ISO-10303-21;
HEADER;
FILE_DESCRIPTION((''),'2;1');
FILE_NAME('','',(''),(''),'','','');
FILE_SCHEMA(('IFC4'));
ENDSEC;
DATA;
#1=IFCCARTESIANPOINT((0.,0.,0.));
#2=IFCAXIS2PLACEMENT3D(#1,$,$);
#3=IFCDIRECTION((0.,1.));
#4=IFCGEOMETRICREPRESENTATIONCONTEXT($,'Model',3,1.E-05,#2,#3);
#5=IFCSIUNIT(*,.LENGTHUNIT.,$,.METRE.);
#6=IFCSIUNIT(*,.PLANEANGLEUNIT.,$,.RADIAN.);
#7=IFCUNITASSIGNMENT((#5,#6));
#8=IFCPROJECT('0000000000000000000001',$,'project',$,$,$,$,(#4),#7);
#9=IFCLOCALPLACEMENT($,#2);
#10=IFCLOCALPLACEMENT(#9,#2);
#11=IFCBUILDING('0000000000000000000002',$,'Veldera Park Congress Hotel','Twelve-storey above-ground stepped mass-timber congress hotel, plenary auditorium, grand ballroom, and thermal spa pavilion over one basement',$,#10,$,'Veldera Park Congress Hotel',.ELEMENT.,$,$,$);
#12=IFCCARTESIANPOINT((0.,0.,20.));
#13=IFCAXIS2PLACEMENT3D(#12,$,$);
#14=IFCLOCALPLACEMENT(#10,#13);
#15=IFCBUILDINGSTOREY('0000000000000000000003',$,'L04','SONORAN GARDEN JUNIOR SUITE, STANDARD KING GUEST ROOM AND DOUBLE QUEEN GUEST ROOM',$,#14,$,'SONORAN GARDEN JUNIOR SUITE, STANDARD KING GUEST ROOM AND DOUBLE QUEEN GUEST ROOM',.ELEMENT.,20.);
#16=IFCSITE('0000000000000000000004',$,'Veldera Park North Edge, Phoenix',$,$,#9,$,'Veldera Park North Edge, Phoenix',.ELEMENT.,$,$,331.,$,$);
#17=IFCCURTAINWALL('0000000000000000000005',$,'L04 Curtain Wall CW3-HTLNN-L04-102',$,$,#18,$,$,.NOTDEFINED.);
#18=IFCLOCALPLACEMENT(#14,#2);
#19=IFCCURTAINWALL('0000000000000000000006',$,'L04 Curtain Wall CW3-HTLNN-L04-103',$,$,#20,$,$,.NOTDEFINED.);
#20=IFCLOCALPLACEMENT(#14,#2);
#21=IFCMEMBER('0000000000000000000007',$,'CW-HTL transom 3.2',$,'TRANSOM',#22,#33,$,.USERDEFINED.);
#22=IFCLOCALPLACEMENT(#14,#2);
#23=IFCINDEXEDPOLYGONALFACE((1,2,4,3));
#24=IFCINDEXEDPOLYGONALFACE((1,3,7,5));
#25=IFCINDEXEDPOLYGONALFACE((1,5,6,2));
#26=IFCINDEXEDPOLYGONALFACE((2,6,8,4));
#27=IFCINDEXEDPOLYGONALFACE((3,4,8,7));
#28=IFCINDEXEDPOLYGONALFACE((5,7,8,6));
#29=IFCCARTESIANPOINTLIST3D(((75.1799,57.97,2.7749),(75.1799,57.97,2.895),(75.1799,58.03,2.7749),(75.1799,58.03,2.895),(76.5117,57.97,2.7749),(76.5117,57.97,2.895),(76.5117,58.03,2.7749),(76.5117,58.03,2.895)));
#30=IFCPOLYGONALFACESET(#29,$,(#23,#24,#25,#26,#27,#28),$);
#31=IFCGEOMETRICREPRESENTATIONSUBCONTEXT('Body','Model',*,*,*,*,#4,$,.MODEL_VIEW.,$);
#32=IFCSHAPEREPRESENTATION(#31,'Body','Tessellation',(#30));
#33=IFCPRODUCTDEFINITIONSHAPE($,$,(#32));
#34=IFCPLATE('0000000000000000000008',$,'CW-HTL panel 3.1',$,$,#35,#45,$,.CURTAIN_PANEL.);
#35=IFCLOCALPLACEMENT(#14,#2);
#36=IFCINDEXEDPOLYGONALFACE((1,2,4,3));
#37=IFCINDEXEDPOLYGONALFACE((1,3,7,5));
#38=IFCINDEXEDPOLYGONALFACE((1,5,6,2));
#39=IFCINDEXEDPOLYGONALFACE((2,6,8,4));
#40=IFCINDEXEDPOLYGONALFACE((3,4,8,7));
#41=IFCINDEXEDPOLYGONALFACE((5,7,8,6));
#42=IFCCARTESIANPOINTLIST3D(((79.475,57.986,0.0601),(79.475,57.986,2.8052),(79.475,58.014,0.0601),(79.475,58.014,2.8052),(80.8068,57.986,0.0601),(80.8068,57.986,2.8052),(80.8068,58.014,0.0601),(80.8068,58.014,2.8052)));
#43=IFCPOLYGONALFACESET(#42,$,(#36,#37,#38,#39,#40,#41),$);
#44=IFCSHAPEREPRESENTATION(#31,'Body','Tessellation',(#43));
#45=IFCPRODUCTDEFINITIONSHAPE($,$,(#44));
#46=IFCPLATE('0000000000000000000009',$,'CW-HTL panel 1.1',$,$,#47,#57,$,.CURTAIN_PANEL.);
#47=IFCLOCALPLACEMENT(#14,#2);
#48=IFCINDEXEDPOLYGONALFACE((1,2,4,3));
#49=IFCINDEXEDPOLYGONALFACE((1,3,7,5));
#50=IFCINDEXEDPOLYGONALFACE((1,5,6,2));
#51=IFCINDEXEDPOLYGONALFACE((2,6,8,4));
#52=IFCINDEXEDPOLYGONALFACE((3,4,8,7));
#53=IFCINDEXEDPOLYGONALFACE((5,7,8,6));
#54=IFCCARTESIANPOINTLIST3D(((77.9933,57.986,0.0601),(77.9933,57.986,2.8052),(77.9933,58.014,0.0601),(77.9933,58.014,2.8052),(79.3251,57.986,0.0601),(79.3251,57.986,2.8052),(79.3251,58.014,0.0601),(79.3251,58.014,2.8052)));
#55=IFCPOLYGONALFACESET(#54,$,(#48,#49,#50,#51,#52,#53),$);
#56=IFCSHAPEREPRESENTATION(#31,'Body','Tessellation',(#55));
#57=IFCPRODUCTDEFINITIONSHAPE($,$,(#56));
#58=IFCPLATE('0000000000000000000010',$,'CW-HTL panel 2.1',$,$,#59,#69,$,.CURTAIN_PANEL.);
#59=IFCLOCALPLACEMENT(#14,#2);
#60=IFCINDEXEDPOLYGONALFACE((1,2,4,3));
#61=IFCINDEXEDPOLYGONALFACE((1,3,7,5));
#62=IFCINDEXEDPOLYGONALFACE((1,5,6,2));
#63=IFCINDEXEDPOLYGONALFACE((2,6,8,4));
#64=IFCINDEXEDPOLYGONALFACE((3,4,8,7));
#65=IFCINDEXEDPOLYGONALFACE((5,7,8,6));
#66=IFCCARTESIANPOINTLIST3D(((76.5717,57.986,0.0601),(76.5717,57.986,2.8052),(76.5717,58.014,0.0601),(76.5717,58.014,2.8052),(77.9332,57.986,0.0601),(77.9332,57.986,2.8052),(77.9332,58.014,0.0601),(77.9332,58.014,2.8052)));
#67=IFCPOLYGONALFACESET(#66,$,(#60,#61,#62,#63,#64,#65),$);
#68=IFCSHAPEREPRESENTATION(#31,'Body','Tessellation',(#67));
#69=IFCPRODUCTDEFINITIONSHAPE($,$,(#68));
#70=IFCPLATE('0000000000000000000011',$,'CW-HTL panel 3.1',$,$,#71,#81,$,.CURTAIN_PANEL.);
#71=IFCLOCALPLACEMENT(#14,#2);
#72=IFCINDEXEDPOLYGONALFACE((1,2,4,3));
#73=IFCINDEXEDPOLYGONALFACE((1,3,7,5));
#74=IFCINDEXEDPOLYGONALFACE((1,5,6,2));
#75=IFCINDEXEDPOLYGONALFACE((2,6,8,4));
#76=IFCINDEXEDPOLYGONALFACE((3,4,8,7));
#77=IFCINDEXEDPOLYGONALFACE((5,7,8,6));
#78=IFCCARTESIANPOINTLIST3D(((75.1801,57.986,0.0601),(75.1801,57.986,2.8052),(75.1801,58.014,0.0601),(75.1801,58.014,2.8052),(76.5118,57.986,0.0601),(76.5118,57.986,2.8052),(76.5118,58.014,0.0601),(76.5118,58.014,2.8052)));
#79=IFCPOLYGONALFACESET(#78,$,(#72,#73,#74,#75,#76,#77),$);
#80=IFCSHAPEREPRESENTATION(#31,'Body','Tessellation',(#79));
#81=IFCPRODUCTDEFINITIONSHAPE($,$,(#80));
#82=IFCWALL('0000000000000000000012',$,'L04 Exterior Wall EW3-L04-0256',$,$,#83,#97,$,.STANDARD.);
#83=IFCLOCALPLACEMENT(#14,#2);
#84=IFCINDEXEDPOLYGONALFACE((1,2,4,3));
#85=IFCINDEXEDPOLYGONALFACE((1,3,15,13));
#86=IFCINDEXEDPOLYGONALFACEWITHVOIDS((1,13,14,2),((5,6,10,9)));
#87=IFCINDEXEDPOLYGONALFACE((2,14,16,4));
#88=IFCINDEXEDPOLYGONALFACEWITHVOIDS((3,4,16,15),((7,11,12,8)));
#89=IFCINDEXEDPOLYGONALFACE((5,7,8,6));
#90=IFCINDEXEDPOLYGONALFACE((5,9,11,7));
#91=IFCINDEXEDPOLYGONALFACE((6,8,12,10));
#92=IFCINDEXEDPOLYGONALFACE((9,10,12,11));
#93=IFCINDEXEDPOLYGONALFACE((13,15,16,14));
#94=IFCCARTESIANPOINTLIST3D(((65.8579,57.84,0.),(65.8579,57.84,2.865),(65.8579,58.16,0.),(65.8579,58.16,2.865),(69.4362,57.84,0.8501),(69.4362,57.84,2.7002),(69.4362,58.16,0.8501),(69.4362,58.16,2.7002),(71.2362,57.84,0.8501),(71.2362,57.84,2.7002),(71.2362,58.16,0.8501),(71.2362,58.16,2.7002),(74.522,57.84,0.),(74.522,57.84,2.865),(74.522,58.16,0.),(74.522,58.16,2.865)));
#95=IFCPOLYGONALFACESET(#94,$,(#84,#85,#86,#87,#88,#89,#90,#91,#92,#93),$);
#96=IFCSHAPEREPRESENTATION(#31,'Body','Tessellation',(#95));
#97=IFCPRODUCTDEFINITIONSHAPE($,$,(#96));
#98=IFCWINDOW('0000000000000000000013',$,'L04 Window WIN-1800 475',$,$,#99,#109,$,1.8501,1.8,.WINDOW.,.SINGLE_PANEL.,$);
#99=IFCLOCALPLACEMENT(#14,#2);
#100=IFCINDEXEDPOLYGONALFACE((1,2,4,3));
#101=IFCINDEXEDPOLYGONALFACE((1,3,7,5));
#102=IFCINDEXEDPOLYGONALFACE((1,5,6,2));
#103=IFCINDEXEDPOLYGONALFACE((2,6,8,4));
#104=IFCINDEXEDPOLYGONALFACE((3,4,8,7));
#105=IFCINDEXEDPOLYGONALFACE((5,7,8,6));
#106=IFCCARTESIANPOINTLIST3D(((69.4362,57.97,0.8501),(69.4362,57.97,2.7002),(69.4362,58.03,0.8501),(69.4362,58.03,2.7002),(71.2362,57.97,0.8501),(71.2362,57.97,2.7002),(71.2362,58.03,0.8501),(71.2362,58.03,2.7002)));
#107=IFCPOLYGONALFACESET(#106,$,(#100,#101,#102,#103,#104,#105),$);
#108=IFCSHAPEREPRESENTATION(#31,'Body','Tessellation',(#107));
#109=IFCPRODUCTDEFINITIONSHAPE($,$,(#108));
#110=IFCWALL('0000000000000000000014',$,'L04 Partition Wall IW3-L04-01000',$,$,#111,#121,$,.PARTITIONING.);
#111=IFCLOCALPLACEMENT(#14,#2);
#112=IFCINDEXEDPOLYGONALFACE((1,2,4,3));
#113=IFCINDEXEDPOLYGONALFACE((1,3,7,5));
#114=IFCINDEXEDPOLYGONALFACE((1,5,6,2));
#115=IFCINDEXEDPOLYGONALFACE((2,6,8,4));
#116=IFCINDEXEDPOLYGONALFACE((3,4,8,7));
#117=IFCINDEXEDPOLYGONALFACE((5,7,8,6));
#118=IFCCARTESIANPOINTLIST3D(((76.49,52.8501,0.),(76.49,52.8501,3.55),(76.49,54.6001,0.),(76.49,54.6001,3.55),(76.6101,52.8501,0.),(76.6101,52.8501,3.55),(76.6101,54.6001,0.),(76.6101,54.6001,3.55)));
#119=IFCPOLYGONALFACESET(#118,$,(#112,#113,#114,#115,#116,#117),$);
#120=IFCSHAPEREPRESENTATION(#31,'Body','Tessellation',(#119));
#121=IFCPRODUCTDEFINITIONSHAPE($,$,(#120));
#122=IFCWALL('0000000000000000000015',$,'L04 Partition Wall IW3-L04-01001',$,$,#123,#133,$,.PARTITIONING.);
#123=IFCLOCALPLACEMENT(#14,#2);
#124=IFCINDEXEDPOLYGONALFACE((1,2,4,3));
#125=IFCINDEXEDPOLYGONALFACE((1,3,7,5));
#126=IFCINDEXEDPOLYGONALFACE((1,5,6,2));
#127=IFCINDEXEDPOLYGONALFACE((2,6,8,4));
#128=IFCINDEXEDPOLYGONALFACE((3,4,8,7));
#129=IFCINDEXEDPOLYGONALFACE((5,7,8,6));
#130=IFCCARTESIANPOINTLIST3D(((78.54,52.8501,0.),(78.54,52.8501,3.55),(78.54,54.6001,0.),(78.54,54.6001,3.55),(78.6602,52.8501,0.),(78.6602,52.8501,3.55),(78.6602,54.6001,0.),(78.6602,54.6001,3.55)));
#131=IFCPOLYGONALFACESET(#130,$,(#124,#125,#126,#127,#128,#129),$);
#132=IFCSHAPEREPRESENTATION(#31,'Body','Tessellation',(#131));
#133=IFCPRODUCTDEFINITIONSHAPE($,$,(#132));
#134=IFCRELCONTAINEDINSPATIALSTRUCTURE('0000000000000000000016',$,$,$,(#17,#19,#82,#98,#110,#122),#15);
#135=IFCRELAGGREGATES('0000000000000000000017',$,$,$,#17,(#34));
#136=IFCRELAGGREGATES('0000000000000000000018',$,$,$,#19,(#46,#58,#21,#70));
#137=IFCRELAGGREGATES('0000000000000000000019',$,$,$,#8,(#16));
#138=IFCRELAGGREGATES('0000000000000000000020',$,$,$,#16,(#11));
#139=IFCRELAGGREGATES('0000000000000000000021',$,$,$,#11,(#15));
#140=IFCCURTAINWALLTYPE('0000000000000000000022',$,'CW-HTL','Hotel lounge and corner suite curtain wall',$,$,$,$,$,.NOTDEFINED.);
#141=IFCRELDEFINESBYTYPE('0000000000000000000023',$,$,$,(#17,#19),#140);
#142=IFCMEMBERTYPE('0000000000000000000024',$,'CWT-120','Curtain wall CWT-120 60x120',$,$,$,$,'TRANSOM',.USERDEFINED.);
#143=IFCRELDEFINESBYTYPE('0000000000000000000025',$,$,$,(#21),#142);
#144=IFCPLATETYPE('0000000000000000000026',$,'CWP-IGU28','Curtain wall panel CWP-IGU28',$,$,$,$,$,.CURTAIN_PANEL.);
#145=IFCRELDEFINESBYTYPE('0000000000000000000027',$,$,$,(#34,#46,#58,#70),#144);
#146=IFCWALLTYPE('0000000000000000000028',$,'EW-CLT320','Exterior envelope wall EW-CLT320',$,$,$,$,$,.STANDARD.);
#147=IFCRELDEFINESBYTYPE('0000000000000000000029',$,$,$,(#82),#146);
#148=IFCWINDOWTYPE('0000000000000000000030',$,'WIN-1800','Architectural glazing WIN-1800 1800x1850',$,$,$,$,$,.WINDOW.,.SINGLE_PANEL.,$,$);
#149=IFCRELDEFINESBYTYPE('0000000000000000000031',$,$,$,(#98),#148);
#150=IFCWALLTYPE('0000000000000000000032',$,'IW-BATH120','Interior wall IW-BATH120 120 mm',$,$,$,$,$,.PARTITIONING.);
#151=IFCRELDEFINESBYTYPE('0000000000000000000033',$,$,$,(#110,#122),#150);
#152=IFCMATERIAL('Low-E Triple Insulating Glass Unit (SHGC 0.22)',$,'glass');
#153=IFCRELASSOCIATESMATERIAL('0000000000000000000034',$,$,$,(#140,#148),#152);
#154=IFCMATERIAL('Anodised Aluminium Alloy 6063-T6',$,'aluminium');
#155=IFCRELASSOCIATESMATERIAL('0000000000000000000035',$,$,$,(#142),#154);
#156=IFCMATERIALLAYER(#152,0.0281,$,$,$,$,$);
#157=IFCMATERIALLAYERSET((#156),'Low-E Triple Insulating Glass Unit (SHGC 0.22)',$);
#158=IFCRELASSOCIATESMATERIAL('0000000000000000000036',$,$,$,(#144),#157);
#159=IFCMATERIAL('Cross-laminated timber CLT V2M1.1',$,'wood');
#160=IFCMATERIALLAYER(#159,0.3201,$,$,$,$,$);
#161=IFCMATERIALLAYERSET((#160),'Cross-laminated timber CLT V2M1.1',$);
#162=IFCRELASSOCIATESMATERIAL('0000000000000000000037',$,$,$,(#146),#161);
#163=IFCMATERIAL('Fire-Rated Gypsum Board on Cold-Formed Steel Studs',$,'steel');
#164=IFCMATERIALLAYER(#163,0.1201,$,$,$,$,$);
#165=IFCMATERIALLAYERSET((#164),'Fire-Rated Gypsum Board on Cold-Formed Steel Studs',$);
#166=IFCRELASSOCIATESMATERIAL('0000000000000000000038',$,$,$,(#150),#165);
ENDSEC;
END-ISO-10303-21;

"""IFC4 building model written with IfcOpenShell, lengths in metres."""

from ifc_helpers import new_model, si_unit, direction, frame, frame_2d, origin, origin_2d, place, context, subcontext, project, spatial, rectangle, extrude, material, layer, layer_set, material_profile, profile_set, type_object, element, fill, aggregate, save


model = new_model("IFC4")

# Units and contexts
model_context = context("Model", 3, precision=1e-05, world=origin(), true_north=direction((0.0, 1.0)))
body_context = subcontext(model_context, "Body", "Model", "MODEL_VIEW")
ifc_project = project(units=[si_unit("LENGTHUNIT", "METRE"), si_unit("PLANEANGLEUNIT", "RADIAN")], contexts=[model_context])

# Site, building, storey
site_placement = place(None, origin())
site = spatial("IfcSite", under=ifc_project, at=site_placement, Name="Veldera Park North Edge, Phoenix", LongName="Veldera Park North Edge, Phoenix", CompositionType="ELEMENT", RefElevation=331.0)
building_placement = place(site_placement, origin())
building = spatial("IfcBuilding", under=site, at=building_placement, Name="Veldera Park Congress Hotel", Description="Twelve-storey above-ground stepped mass-timber congress hotel, plenary auditorium, grand ballroom, and thermal spa pavilion over one basement", LongName="Veldera Park Congress Hotel", CompositionType="ELEMENT")
storey_placement = place(building_placement, frame((0.0, 0.0, 20.0)))
storey = spatial("IfcBuildingStorey", under=building, at=storey_placement, Name="L04", Description="SONORAN GARDEN JUNIOR SUITE, STANDARD KING GUEST ROOM AND DOUBLE QUEEN GUEST ROOM", LongName="SONORAN GARDEN JUNIOR SUITE, STANDARD KING GUEST ROOM AND DOUBLE QUEEN GUEST ROOM", CompositionType="ELEMENT", Elevation=20.0)

# Curtain wall
ifc_material_1 = material(Name="Low-E Triple Insulating Glass Unit (SHGC 0.22)", Category="glass")
curtain_wall_type = type_object("IfcCurtainWallType", Name="CW-HTL", Description="Hotel lounge and corner suite curtain wall", PredefinedType="NOTDEFINED", material=ifc_material_1)
curtain_wall_1_placement = place(storey_placement, origin())
curtain_wall_1 = element("IfcCurtainWall", 1, at=curtain_wall_1_placement, inside=storey, type_object=curtain_wall_type, Name="L04 Curtain Wall CW3-HTLNN-L04-102", PredefinedType="NOTDEFINED")
ifc_material_2 = material(Name="Anodised Aluminium Alloy 6063-T6", Category="aluminium")

# Curtain wall
curtain_wall_2_placement = place(storey_placement, origin())
curtain_wall_2 = element("IfcCurtainWall", 2, at=curtain_wall_2_placement, inside=storey, type_object=curtain_wall_type, Name="L04 Curtain Wall CW3-HTLNN-L04-103", PredefinedType="NOTDEFINED")

# Member
ifc_material_profile_1 = material_profile(ifc_material_2, rectangle(XDim=0.0601, YDim=0.1201, at=origin_2d()), Name="ALU 60x120")
ifc_profile_set_1 = profile_set([ifc_material_profile_1], Name="Anodised Aluminium Alloy 6063-T6")
member_type_1 = type_object("IfcMemberType", Name="CWT-120", Description="Curtain wall CWT-120 60x120", ElementType="TRANSOM", PredefinedType="USERDEFINED", material=ifc_profile_set_1)
member_1_placement = place(storey_placement, frame((76.5117, 58.0, 2.835), z_axis=(-1.0, 0.0, 0.0), x_axis=(0.0, -1.0, 0.0)))
member_1 = element("IfcMember", 3, at=member_1_placement, type_object=member_type_1, Name="CW-HTL transom 3.2", ObjectType="TRANSOM", PredefinedType="USERDEFINED", context=body_context, shape_type="SweptSolid", body=[
    extrude(rectangle(XDim=0.0601, YDim=0.1201, at=origin_2d()), origin(), (0.0, 0.0, 1.0), 1.3318),
])

# Plates
ifc_layer_1 = layer(ifc_material_1, 0.0281)
ifc_layer_set_1 = layer_set([ifc_layer_1], Name="Low-E Triple Insulating Glass Unit (SHGC 0.22)")
plate_type = type_object("IfcPlateType", Name="CWP-IGU28", Description="Curtain wall panel CWP-IGU28", PredefinedType="CURTAIN_PANEL", material=ifc_layer_set_1)
plate_1_placement = place(storey_placement, frame((80.1409, 58.0, 0.0601), z_axis=(0.0, 0.0, 1.0), x_axis=(-1.0, 0.0, 0.0)))
plate_1 = element("IfcPlate", 4, at=plate_1_placement, type_object=plate_type, Name="CW-HTL panel 3.1", PredefinedType="CURTAIN_PANEL", context=body_context, shape_type="SweptSolid", body=[
    extrude(rectangle(XDim=1.3318, YDim=0.0281, at=origin_2d()), origin(), (0.0, 0.0, 1.0), 2.7451),
])
aggregate(curtain_wall_1, [plate_1])
plate_2_placement = place(storey_placement, frame((78.6592, 58.0, 0.0601), z_axis=(0.0, 0.0, 1.0), x_axis=(-1.0, 0.0, 0.0)))
plate_2 = element("IfcPlate", 5, at=plate_2_placement, type_object=plate_type, Name="CW-HTL panel 1.1", PredefinedType="CURTAIN_PANEL", context=body_context, shape_type="SweptSolid", body=[
    extrude(rectangle(XDim=1.3318, YDim=0.0281, at=origin_2d()), origin(), (0.0, 0.0, 1.0), 2.7451),
])
plate_3_placement = place(storey_placement, frame((77.2524, 58.0, 0.0601), z_axis=(0.0, 0.0, 1.0), x_axis=(-1.0, 0.0, 0.0)))
plate_3 = element("IfcPlate", 6, at=plate_3_placement, type_object=plate_type, Name="CW-HTL panel 2.1", PredefinedType="CURTAIN_PANEL", context=body_context, shape_type="SweptSolid", body=[
    extrude(rectangle(XDim=1.3616, YDim=0.0281, at=origin_2d()), origin(), (0.0, 0.0, 1.0), 2.7451),
])
plate_4_placement = place(storey_placement, frame((75.8459, 58.0, 0.0601), z_axis=(0.0, 0.0, 1.0), x_axis=(-1.0, 0.0, 0.0)))
plate_4 = element("IfcPlate", 7, at=plate_4_placement, type_object=plate_type, Name="CW-HTL panel 3.1", PredefinedType="CURTAIN_PANEL", context=body_context, shape_type="SweptSolid", body=[
    extrude(rectangle(XDim=1.3318, YDim=0.0281, at=origin_2d()), origin(), (0.0, 0.0, 1.0), 2.7451),
])
aggregate(curtain_wall_2, [plate_2, plate_3, member_1, plate_4])

# Wall, opening, window
ifc_material_3 = material(Name="Cross-laminated timber CLT V2M1.1", Category="wood")
ifc_layer_2 = layer(ifc_material_3, 0.3201)
ifc_layer_set_2 = layer_set([ifc_layer_2], Name="Cross-laminated timber CLT V2M1.1")
wall_type_1 = type_object("IfcWallType", Name="EW-CLT320", Description="Exterior envelope wall EW-CLT320", PredefinedType="STANDARD", material=ifc_layer_set_2)
wall_1_placement = place(storey_placement, frame((74.522, 58.0, 0.0), z_axis=(0.0, 0.0, 1.0), x_axis=(-1.0, 0.0, 0.0)))
wall_1 = element("IfcWall", 8, at=wall_1_placement, inside=storey, type_object=wall_type_1, Name="L04 Exterior Wall EW3-L04-0256", PredefinedType="STANDARD", context=body_context, shape_type="SweptSolid", body=[
    extrude(rectangle(XDim=8.6641, YDim=0.3201, at=frame_2d((4.332, 0.0))), origin(), (0.0, 0.0, 1.0), 2.865),
])
opening_1_placement = place(wall_1_placement, frame((3.2859, 0.0, 0.8501)))
opening_1 = element("IfcOpeningElement", 9, at=opening_1_placement, cuts=wall_1, PredefinedType="OPENING", context=body_context, shape_type="SweptSolid", body=[
    extrude(rectangle(XDim=1.8, YDim=1.8501, at=frame_2d((0.8999, 0.925))), frame((0.0, 0.1721, 0.0), z_axis=(0.0, -1.0, 0.0), x_axis=(1.0, 0.0, 0.0)), (0.0, 0.0, 1.0), 0.344),
])
window_type = type_object("IfcWindowType", Name="WIN-1800", Description="Architectural glazing WIN-1800 1800x1850", PartitioningType="SINGLE_PANEL", PredefinedType="WINDOW", material=ifc_material_1)
window_placement = place(opening_1_placement, origin())
window = element("IfcWindow", 10, at=window_placement, inside=storey, type_object=window_type, Name="L04 Window WIN-1800 475", OverallHeight=1.8501, OverallWidth=1.8, PartitioningType="SINGLE_PANEL", PredefinedType="WINDOW", context=body_context, shape_type="SweptSolid", body=[
    extrude(rectangle(XDim=1.8, YDim=1.8501, at=frame_2d((0.8999, 0.925))), frame((0.0, 0.03, 0.0), z_axis=(0.0, -1.0, 0.0), x_axis=(1.0, 0.0, 0.0)), (0.0, 0.0, 1.0), 0.0601),
])
fill(opening_1, window)

# Walls
ifc_material_4 = material(Name="Fire-Rated Gypsum Board on Cold-Formed Steel Studs", Category="steel")
ifc_layer_3 = layer(ifc_material_4, 0.1201)
ifc_layer_set_3 = layer_set([ifc_layer_3], Name="Fire-Rated Gypsum Board on Cold-Formed Steel Studs")
wall_type_2 = type_object("IfcWallType", Name="IW-BATH120", Description="Interior wall IW-BATH120 120 mm", PredefinedType="PARTITIONING", material=ifc_layer_set_3)
for number, where, z_axis, x_axis, name in (
    (11, (76.55, 52.8501, 0.0), (0.0, 0.0, 1.0), (0.0, 1.0, 0.0), "L04 Partition Wall IW3-L04-01000"),
    (12, (78.6001, 52.8501, 0.0), (0.0, 0.0, 1.0), (0.0, 1.0, 0.0), "L04 Partition Wall IW3-L04-01001"),
):
    element("IfcWall", number, at=place(storey_placement, frame(where, z_axis=z_axis, x_axis=x_axis)), inside=storey, type_object=wall_type_2, Name=name, PredefinedType="PARTITIONING", context=body_context, shape_type="SweptSolid", body=[
        extrude(rectangle(XDim=1.75, YDim=0.1201, at=frame_2d((0.875, 0.0))), origin(), (0.0, 0.0, 1.0), 3.55),
    ])

save(model, "model.ifc")
